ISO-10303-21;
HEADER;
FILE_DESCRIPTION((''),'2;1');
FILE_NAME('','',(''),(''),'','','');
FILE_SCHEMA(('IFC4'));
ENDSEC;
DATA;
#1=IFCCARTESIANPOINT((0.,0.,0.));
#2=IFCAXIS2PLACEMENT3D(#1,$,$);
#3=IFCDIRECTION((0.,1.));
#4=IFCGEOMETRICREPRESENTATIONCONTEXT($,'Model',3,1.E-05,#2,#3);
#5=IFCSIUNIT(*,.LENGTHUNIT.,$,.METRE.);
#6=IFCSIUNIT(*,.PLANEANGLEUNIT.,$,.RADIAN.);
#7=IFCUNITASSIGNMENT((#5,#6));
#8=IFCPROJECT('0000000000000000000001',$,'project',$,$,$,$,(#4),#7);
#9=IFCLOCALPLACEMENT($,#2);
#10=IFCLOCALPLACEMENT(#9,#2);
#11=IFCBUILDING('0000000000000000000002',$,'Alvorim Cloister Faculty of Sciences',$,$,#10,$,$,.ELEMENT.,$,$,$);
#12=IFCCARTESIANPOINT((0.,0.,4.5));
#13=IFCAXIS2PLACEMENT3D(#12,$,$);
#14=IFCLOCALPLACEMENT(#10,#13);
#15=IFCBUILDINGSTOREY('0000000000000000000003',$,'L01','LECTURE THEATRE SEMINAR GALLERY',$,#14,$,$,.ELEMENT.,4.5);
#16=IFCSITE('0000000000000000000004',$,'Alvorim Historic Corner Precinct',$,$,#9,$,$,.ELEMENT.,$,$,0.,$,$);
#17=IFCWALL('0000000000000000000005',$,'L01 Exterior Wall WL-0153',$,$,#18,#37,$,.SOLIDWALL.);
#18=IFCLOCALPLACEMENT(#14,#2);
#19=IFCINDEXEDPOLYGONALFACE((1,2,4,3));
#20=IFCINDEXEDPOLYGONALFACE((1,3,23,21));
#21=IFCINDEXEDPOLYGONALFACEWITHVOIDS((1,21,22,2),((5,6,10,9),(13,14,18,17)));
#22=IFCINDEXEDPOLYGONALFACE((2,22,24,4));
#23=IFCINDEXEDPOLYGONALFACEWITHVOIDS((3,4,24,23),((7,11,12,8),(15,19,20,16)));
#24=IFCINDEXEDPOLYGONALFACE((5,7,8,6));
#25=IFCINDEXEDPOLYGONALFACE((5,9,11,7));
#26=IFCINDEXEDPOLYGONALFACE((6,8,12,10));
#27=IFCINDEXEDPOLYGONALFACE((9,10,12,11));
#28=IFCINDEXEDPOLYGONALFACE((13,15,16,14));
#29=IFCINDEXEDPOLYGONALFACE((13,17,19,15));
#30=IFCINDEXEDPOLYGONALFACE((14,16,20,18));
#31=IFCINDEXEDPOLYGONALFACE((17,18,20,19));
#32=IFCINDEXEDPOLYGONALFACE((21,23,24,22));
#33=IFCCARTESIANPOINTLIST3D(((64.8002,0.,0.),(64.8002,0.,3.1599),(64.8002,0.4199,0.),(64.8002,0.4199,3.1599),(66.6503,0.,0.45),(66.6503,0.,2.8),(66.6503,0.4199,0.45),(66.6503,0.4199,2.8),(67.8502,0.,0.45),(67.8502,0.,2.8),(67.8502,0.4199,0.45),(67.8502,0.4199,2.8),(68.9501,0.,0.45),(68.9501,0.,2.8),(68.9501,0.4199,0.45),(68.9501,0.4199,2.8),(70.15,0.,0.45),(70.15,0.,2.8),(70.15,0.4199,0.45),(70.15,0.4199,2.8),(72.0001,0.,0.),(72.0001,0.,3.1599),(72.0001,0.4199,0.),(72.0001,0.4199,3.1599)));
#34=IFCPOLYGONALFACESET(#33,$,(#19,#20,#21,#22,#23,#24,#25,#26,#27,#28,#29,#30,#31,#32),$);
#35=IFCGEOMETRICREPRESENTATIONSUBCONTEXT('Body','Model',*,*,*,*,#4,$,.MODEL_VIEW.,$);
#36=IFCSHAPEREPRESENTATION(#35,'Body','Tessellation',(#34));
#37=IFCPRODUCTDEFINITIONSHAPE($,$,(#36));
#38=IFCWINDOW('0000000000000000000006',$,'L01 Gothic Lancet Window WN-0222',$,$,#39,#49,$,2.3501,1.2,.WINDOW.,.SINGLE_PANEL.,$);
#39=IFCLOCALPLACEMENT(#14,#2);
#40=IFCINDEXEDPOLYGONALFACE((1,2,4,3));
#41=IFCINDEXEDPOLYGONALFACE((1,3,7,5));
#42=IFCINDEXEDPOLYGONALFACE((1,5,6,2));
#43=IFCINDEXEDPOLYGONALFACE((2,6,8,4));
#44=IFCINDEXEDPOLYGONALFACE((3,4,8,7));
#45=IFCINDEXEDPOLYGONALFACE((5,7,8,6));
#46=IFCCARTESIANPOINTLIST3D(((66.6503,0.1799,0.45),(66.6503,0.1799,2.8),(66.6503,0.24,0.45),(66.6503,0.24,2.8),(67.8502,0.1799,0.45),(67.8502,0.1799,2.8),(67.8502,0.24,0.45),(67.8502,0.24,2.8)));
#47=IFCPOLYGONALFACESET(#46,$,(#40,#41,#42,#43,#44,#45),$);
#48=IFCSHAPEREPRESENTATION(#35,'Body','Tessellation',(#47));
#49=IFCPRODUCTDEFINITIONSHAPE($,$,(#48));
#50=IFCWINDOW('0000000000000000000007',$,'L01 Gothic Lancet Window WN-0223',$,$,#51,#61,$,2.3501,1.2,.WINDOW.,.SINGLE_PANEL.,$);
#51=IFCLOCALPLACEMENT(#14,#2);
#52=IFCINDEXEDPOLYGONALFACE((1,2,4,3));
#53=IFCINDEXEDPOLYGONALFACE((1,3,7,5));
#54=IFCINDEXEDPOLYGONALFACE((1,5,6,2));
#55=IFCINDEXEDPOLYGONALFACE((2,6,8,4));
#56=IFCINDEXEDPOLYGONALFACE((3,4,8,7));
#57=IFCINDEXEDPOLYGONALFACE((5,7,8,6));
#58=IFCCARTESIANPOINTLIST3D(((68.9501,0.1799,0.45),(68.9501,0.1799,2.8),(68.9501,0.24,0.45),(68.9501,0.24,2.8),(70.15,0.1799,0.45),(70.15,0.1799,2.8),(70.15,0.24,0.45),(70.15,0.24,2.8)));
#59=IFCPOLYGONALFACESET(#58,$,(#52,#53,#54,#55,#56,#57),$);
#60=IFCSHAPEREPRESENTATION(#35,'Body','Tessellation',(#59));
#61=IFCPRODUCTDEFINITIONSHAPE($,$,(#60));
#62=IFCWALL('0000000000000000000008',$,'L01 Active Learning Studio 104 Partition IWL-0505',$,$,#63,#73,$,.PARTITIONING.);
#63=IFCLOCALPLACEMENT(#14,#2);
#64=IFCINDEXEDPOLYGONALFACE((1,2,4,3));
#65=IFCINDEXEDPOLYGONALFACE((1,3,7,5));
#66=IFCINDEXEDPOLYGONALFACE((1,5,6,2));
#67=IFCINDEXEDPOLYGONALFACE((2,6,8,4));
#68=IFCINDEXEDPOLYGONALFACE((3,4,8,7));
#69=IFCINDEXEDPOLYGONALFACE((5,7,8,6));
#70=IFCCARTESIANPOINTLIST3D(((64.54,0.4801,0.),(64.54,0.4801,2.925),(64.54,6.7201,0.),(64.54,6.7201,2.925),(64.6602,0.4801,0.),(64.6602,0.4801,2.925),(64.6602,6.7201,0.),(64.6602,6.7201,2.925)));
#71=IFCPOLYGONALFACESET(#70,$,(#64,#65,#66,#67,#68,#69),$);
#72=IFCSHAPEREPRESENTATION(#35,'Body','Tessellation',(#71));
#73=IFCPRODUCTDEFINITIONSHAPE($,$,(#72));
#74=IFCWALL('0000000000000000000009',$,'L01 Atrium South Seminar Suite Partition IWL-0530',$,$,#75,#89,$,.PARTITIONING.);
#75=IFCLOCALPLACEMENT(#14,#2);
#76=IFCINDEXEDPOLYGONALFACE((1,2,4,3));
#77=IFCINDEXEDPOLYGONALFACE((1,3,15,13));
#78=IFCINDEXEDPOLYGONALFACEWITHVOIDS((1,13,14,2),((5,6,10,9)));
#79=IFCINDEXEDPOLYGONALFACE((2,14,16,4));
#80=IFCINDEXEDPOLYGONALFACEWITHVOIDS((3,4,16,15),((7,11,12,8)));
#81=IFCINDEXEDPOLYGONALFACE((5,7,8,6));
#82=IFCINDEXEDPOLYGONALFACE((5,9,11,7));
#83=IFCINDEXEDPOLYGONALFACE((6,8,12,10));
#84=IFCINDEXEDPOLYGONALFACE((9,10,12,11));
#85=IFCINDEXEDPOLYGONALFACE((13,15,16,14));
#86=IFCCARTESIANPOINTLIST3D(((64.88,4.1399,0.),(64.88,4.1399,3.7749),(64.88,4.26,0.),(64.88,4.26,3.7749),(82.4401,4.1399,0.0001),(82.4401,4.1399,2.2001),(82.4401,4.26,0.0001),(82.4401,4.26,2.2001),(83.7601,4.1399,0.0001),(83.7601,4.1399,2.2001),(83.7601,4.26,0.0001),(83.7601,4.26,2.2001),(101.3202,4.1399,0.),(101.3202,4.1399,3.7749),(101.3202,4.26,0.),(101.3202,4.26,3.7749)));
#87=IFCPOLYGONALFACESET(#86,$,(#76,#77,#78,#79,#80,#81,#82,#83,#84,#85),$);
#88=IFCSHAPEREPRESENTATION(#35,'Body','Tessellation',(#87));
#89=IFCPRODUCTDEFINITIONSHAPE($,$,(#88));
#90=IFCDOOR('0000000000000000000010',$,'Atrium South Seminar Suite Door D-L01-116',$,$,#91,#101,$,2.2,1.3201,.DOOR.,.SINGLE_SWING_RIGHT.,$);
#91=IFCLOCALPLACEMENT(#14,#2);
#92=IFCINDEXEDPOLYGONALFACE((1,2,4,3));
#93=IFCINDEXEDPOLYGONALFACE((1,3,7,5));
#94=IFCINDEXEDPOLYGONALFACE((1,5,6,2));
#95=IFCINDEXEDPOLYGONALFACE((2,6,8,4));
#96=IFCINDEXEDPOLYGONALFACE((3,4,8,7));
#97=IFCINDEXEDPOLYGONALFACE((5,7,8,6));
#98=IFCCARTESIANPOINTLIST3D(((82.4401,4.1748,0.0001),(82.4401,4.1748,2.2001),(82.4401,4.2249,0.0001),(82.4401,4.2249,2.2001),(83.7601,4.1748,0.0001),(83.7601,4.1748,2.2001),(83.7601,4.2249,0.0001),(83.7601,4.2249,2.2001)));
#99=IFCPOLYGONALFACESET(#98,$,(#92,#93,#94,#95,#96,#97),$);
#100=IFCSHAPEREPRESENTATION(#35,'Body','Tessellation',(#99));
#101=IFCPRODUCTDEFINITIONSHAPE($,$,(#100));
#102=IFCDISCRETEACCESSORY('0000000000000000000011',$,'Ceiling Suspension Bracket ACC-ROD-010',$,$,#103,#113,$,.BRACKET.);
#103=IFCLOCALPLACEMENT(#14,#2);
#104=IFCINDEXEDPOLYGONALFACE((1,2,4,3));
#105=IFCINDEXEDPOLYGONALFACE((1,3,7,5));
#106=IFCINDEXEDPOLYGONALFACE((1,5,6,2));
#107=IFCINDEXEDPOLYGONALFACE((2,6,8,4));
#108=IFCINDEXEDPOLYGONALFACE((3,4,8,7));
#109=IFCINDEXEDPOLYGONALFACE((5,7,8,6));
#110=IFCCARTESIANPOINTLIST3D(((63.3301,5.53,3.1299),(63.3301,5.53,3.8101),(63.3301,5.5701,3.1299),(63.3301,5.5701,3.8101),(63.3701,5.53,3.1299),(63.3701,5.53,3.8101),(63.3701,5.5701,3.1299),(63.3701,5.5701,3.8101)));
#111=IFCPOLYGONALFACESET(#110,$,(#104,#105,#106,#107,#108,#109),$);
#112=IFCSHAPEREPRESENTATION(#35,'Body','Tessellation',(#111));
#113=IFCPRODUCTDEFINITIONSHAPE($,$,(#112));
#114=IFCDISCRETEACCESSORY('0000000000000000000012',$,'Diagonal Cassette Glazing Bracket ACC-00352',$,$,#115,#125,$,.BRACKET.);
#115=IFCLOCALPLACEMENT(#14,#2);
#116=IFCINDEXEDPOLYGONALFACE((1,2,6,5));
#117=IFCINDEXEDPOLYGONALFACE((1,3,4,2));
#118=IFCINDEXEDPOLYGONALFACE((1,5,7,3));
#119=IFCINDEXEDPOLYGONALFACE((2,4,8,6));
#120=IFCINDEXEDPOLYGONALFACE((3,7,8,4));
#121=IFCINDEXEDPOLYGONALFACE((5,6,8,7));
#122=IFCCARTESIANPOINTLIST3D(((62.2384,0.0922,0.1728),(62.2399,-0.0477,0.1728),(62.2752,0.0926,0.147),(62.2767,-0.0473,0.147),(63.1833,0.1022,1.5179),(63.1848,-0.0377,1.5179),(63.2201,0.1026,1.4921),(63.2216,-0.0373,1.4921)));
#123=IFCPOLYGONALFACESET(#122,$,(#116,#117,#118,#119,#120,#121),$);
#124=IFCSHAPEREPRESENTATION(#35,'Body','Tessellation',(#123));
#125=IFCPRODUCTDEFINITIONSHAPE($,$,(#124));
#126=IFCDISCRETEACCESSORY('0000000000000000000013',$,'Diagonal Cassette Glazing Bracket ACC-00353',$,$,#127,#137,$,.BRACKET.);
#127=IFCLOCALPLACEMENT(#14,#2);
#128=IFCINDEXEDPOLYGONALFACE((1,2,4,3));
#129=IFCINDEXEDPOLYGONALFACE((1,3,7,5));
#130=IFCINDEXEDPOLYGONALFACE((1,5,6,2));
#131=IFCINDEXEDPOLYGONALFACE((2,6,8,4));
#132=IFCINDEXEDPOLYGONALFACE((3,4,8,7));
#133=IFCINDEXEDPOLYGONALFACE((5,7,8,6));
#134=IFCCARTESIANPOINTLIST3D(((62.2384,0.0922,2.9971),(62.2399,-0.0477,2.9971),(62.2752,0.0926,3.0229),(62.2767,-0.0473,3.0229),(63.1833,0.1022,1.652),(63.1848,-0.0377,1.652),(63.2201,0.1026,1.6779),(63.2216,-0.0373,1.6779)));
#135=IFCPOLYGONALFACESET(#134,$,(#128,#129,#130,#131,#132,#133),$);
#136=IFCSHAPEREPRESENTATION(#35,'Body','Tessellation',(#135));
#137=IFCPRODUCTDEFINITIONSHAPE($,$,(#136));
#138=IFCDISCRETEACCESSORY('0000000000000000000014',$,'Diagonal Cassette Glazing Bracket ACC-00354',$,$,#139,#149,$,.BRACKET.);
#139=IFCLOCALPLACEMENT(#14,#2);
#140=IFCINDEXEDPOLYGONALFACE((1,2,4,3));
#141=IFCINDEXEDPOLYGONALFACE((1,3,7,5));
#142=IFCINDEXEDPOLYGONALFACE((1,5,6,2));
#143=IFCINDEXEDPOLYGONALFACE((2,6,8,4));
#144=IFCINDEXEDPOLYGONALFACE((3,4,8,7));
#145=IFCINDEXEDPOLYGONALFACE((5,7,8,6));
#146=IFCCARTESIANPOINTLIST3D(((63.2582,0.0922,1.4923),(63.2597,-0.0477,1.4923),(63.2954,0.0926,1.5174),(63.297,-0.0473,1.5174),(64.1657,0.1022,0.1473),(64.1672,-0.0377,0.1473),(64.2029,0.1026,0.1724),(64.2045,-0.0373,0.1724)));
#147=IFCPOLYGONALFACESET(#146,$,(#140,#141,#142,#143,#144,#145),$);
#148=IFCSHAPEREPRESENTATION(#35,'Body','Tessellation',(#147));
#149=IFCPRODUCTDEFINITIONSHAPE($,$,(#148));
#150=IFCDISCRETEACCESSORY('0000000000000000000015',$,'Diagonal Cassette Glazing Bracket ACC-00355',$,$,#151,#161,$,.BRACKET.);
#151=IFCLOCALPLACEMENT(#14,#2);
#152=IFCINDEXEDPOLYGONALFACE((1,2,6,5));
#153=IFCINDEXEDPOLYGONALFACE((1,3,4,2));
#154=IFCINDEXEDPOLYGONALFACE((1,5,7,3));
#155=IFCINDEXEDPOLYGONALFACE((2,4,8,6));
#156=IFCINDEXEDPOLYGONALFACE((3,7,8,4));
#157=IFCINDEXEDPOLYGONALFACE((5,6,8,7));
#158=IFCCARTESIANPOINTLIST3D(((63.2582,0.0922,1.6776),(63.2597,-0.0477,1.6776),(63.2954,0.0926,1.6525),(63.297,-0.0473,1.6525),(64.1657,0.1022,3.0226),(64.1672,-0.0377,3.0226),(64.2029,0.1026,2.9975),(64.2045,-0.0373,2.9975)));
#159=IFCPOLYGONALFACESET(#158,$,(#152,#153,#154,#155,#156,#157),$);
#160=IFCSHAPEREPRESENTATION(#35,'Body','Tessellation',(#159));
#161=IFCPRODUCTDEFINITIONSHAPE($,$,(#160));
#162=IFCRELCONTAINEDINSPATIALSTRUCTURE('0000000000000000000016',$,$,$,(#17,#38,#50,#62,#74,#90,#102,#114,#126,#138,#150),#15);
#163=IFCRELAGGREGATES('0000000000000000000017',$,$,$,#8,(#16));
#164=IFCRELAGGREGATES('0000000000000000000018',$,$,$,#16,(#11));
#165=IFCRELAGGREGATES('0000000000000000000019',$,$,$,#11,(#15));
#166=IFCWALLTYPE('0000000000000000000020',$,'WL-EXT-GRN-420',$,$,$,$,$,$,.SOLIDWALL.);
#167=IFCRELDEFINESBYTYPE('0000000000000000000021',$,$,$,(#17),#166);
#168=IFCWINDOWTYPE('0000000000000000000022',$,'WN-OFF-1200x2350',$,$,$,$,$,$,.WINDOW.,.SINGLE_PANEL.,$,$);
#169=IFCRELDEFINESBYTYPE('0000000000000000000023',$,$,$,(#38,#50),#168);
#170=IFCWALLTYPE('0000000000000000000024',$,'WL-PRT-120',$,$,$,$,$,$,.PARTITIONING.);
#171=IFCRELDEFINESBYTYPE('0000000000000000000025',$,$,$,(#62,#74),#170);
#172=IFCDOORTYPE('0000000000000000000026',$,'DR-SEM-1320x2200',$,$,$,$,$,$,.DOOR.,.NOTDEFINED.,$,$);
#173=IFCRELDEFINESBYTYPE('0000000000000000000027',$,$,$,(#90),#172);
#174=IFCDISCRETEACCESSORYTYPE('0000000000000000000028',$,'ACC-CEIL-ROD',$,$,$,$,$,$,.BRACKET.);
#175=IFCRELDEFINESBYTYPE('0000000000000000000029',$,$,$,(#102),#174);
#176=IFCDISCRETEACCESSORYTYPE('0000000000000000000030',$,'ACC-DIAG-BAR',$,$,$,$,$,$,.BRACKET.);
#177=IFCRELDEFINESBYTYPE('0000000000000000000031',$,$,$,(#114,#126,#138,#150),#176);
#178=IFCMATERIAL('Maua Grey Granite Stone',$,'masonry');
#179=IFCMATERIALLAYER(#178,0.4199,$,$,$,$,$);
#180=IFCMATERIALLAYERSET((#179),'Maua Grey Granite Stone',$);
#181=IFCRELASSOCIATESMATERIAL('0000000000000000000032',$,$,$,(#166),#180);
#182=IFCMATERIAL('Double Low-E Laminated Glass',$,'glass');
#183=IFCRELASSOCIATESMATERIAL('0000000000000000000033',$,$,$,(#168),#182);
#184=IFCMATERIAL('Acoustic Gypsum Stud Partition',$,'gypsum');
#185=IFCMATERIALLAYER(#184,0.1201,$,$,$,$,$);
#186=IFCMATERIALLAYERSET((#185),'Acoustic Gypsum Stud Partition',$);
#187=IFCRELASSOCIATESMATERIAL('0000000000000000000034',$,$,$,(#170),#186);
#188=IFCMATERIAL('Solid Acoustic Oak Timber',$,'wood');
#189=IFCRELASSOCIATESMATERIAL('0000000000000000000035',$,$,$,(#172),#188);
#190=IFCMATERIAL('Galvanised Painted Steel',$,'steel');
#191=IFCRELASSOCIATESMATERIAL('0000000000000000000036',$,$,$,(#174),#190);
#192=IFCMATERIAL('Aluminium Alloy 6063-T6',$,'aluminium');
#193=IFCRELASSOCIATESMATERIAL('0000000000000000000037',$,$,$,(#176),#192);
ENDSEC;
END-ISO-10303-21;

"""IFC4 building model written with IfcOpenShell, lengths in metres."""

from ifc_helpers import new_model, si_unit, direction, frame, frame_2d, origin, origin_2d, place, context, subcontext, project, spatial, rectangle, extrude, material, layer, layer_set, type_object, element, fill, save


model = new_model("IFC4")

# Units and contexts
model_context = context("Model", 3, precision=1e-05, world=origin(), true_north=direction((0.0, 1.0)))
body_context = subcontext(model_context, "Body", "Model", "MODEL_VIEW")
ifc_project = project(units=[si_unit("LENGTHUNIT", "METRE"), si_unit("PLANEANGLEUNIT", "RADIAN")], contexts=[model_context])

# Site, building, storey
site_placement = place(None, origin())
site = spatial("IfcSite", under=ifc_project, at=site_placement, Name="Alvorim Historic Corner Precinct", CompositionType="ELEMENT", RefElevation=0.0)
building_placement = place(site_placement, origin())
building = spatial("IfcBuilding", under=site, at=building_placement, Name="Alvorim Cloister Faculty of Sciences", CompositionType="ELEMENT")
storey_placement = place(building_placement, frame((0.0, 0.0, 4.5)))
storey = spatial("IfcBuildingStorey", under=building, at=storey_placement, Name="L01", Description="LECTURE THEATRE SEMINAR GALLERY", CompositionType="ELEMENT", Elevation=4.5)

# Shared definitions
ifc_material_1 = material(Name="Aluminium Alloy 6063-T6", Category="aluminium")
ifc_material_2 = material(Name="Double Low-E Laminated Glass", Category="glass")

# Wall, openings, windows
ifc_material_3 = material(Name="Maua Grey Granite Stone", Category="masonry")
ifc_layer_1 = layer(ifc_material_3, 0.4199)
ifc_layer_set_1 = layer_set([ifc_layer_1], Name="Maua Grey Granite Stone")
wall_type_1 = type_object("IfcWallType", Name="WL-EXT-GRN-420", PredefinedType="SOLIDWALL", material=ifc_layer_set_1)
wall_1_placement = place(storey_placement, frame((64.8, 0.21, 0.0), z_axis=(0.0, 0.0, 1.0), x_axis=(1.0, 0.0, 0.0)))
wall_1 = element("IfcWall", 1, at=wall_1_placement, inside=storey, type_object=wall_type_1, Name="L01 Exterior Wall WL-0153", PredefinedType="SOLIDWALL", context=body_context, shape_type="SweptSolid", body=[
    extrude(rectangle(XDim=7.2, YDim=0.4199, at=frame_2d((3.6001, 0.0))), origin(), (0.0, 0.0, 1.0), 3.1599),
])
opening_1_placement = place(wall_1_placement, frame((1.8501, 0.0, 0.45)))
opening_1 = element("IfcOpeningElement", 2, at=opening_1_placement, cuts=wall_1, PredefinedType="OPENING", context=body_context, shape_type="SweptSolid", body=[
    extrude(rectangle(XDim=1.2, YDim=2.3501, at=frame_2d((0.6001, 1.175))), frame((0.0, 0.2219, 0.0), z_axis=(0.0, -1.0, 0.0), x_axis=(1.0, 0.0, 0.0)), (0.0, 0.0, 1.0), 0.4438),
])
opening_2_placement = place(wall_1_placement, frame((4.1499, 0.0, 0.45)))
opening_2 = element("IfcOpeningElement", 3, at=opening_2_placement, cuts=wall_1, PredefinedType="OPENING", context=body_context, shape_type="SweptSolid", body=[
    extrude(rectangle(XDim=1.2, YDim=2.3501, at=frame_2d((0.6001, 1.175))), frame((0.0, 0.2219, 0.0), z_axis=(0.0, -1.0, 0.0), x_axis=(1.0, 0.0, 0.0)), (0.0, 0.0, 1.0), 0.4438),
])
window_type = type_object("IfcWindowType", Name="WN-OFF-1200x2350", PartitioningType="SINGLE_PANEL", PredefinedType="WINDOW", material=ifc_material_2)
window_1_placement = place(opening_1_placement, origin())
window_1 = element("IfcWindow", 4, at=window_1_placement, inside=storey, type_object=window_type, Name="L01 Gothic Lancet Window WN-0222", OverallHeight=2.3501, OverallWidth=1.2, PartitioningType="SINGLE_PANEL", PredefinedType="WINDOW", context=body_context, shape_type="SweptSolid", body=[
    extrude(rectangle(XDim=1.2, YDim=2.3501, at=frame_2d((0.6001, 1.175))), frame((0.0, 0.03, 0.0), z_axis=(0.0, -1.0, 0.0), x_axis=(1.0, 0.0, 0.0)), (0.0, 0.0, 1.0), 0.0601),
])
fill(opening_1, window_1)
window_2_placement = place(opening_2_placement, origin())
window_2 = element("IfcWindow", 5, at=window_2_placement, inside=storey, type_object=window_type, Name="L01 Gothic Lancet Window WN-0223", OverallHeight=2.3501, OverallWidth=1.2, PartitioningType="SINGLE_PANEL", PredefinedType="WINDOW", context=body_context, shape_type="SweptSolid", body=[
    extrude(rectangle(XDim=1.2, YDim=2.3501, at=frame_2d((0.6001, 1.175))), frame((0.0, 0.03, 0.0), z_axis=(0.0, -1.0, 0.0), x_axis=(1.0, 0.0, 0.0)), (0.0, 0.0, 1.0), 0.0601),
])
fill(opening_2, window_2)

# Wall
ifc_material_4 = material(Name="Acoustic Gypsum Stud Partition", Category="gypsum")
ifc_layer_2 = layer(ifc_material_4, 0.1201)
ifc_layer_set_2 = layer_set([ifc_layer_2], Name="Acoustic Gypsum Stud Partition")
wall_type_2 = type_object("IfcWallType", Name="WL-PRT-120", PredefinedType="PARTITIONING", material=ifc_layer_set_2)
wall_2_placement = place(storey_placement, frame((64.6001, 0.48, 0.0), z_axis=(0.0, 0.0, 1.0), x_axis=(0.0, 1.0, 0.0)))
element("IfcWall", 6, at=wall_2_placement, inside=storey, type_object=wall_type_2, Name="L01 Active Learning Studio 104 Partition IWL-0505", PredefinedType="PARTITIONING", context=body_context, shape_type="SweptSolid", body=[
    extrude(rectangle(XDim=6.24, YDim=0.1201, at=frame_2d((3.1201, 0.0))), origin(), (0.0, 0.0, 1.0), 2.925),
])

# Wall, opening, door
wall_3_placement = place(storey_placement, frame((64.8799, 4.2, 0.0), z_axis=(0.0, 0.0, 1.0), x_axis=(1.0, 0.0, 0.0)))
wall_3 = element("IfcWall", 7, at=wall_3_placement, inside=storey, type_object=wall_type_2, Name="L01 Atrium South Seminar Suite Partition IWL-0530", PredefinedType="PARTITIONING", context=body_context, shape_type="SweptSolid", body=[
    extrude(rectangle(XDim=36.4402, YDim=0.1201, at=frame_2d((18.2202, 0.0))), origin(), (0.0, 0.0, 1.0), 3.7749),
])
opening_3_placement = place(wall_3_placement, frame((17.5601, 0.0, 0.0)))
opening_3 = element("IfcOpeningElement", 8, at=opening_3_placement, cuts=wall_3, PredefinedType="OPENING", context=body_context, shape_type="SweptSolid", body=[
    extrude(rectangle(XDim=1.3201, YDim=2.2, at=frame_2d((0.6602, 1.1001))), frame((0.0, 0.072, 0.0), z_axis=(0.0, -1.0, 0.0), x_axis=(1.0, 0.0, 0.0)), (0.0, 0.0, 1.0), 0.144),
])
ifc_material_5 = material(Name="Solid Acoustic Oak Timber", Category="wood")
door_type = type_object("IfcDoorType", Name="DR-SEM-1320x2200", OperationType="NOTDEFINED", PredefinedType="DOOR", material=ifc_material_5)
door_placement = place(opening_3_placement, origin())
door = element("IfcDoor", 9, at=door_placement, inside=storey, type_object=door_type, Name="Atrium South Seminar Suite Door D-L01-116", OperationType="SINGLE_SWING_RIGHT", OverallHeight=2.2, OverallWidth=1.3201, PredefinedType="DOOR", context=body_context, shape_type="SweptSolid", body=[
    extrude(rectangle(XDim=1.3201, YDim=2.2, at=frame_2d((0.6602, 1.1001))), frame((0.0, 0.0249, 0.0), z_axis=(0.0, -1.0, 0.0), x_axis=(1.0, 0.0, 0.0)), (0.0, 0.0, 1.0), 0.05),
])
fill(opening_3, door)

# Discrete accessories
ifc_material_6 = material(Name="Galvanised Painted Steel", Category="steel")
discrete_accessory_type_1 = type_object("IfcDiscreteAccessoryType", Name="ACC-CEIL-ROD", PredefinedType="BRACKET", material=ifc_material_6)
discrete_accessory_placement = place(storey_placement, frame((63.3501, 5.55, 3.1299), z_axis=(0.0, 0.0, 1.0), x_axis=(1.0, 0.0, 0.0)))
element("IfcDiscreteAccessory", 10, at=discrete_accessory_placement, inside=storey, type_object=discrete_accessory_type_1, Name="Ceiling Suspension Bracket ACC-ROD-010", PredefinedType="BRACKET", context=body_context, shape_type="SweptSolid", body=[
    extrude(rectangle(XDim=0.04, YDim=0.04, at=origin_2d()), origin(), (0.0, 0.0, 1.0), 0.6802),
])
discrete_accessory_type_2 = type_object("IfcDiscreteAccessoryType", Name="ACC-DIAG-BAR", PredefinedType="BRACKET", material=ifc_material_1)
for number, where, z_axis, x_axis, name in (
    (11, (62.2576, 0.0225, 0.1599), (0.574817, 0.00609, 0.81826), (-0.010594, 0.999944, 0.0), "Diagonal Cassette Glazing Bracket ACC-00352"),
    (12, (62.2576, 0.0225, 3.01), (0.574817, 0.00609, -0.81826), (-0.010594, 0.999944, 0.0), "Diagonal Cassette Glazing Bracket ACC-00353"),
):
    element("IfcDiscreteAccessory", number, at=place(storey_placement, frame(where, z_axis=z_axis, x_axis=x_axis)), inside=storey, type_object=discrete_accessory_type_2, Name=name, PredefinedType="BRACKET", context=body_context, shape_type="SweptSolid", body=[
        extrude(rectangle(XDim=0.1399, YDim=0.0449, at=origin_2d()), origin(), (0.0, 0.0, 1.0), 1.6438),
    ])
for number, where, z_axis, x_axis, name in (
    (13, (63.2776, 0.0225, 1.5049), (0.559299, 0.006169, -0.828943), (-0.01103, 0.999939, 0.0), "Diagonal Cassette Glazing Bracket ACC-00354"),
    (14, (63.2776, 0.0225, 1.665), (0.559299, 0.006169, 0.828943), (-0.01103, 0.999939, 0.0), "Diagonal Cassette Glazing Bracket ACC-00355"),
):
    element("IfcDiscreteAccessory", number, at=place(storey_placement, frame(where, z_axis=z_axis, x_axis=x_axis)), inside=storey, type_object=discrete_accessory_type_2, Name=name, PredefinedType="BRACKET", context=body_context, shape_type="SweptSolid", body=[
        extrude(rectangle(XDim=0.1399, YDim=0.0449, at=origin_2d()), origin(), (0.0, 0.0, 1.0), 1.6226),
    ])

save(model, "model.ifc")
